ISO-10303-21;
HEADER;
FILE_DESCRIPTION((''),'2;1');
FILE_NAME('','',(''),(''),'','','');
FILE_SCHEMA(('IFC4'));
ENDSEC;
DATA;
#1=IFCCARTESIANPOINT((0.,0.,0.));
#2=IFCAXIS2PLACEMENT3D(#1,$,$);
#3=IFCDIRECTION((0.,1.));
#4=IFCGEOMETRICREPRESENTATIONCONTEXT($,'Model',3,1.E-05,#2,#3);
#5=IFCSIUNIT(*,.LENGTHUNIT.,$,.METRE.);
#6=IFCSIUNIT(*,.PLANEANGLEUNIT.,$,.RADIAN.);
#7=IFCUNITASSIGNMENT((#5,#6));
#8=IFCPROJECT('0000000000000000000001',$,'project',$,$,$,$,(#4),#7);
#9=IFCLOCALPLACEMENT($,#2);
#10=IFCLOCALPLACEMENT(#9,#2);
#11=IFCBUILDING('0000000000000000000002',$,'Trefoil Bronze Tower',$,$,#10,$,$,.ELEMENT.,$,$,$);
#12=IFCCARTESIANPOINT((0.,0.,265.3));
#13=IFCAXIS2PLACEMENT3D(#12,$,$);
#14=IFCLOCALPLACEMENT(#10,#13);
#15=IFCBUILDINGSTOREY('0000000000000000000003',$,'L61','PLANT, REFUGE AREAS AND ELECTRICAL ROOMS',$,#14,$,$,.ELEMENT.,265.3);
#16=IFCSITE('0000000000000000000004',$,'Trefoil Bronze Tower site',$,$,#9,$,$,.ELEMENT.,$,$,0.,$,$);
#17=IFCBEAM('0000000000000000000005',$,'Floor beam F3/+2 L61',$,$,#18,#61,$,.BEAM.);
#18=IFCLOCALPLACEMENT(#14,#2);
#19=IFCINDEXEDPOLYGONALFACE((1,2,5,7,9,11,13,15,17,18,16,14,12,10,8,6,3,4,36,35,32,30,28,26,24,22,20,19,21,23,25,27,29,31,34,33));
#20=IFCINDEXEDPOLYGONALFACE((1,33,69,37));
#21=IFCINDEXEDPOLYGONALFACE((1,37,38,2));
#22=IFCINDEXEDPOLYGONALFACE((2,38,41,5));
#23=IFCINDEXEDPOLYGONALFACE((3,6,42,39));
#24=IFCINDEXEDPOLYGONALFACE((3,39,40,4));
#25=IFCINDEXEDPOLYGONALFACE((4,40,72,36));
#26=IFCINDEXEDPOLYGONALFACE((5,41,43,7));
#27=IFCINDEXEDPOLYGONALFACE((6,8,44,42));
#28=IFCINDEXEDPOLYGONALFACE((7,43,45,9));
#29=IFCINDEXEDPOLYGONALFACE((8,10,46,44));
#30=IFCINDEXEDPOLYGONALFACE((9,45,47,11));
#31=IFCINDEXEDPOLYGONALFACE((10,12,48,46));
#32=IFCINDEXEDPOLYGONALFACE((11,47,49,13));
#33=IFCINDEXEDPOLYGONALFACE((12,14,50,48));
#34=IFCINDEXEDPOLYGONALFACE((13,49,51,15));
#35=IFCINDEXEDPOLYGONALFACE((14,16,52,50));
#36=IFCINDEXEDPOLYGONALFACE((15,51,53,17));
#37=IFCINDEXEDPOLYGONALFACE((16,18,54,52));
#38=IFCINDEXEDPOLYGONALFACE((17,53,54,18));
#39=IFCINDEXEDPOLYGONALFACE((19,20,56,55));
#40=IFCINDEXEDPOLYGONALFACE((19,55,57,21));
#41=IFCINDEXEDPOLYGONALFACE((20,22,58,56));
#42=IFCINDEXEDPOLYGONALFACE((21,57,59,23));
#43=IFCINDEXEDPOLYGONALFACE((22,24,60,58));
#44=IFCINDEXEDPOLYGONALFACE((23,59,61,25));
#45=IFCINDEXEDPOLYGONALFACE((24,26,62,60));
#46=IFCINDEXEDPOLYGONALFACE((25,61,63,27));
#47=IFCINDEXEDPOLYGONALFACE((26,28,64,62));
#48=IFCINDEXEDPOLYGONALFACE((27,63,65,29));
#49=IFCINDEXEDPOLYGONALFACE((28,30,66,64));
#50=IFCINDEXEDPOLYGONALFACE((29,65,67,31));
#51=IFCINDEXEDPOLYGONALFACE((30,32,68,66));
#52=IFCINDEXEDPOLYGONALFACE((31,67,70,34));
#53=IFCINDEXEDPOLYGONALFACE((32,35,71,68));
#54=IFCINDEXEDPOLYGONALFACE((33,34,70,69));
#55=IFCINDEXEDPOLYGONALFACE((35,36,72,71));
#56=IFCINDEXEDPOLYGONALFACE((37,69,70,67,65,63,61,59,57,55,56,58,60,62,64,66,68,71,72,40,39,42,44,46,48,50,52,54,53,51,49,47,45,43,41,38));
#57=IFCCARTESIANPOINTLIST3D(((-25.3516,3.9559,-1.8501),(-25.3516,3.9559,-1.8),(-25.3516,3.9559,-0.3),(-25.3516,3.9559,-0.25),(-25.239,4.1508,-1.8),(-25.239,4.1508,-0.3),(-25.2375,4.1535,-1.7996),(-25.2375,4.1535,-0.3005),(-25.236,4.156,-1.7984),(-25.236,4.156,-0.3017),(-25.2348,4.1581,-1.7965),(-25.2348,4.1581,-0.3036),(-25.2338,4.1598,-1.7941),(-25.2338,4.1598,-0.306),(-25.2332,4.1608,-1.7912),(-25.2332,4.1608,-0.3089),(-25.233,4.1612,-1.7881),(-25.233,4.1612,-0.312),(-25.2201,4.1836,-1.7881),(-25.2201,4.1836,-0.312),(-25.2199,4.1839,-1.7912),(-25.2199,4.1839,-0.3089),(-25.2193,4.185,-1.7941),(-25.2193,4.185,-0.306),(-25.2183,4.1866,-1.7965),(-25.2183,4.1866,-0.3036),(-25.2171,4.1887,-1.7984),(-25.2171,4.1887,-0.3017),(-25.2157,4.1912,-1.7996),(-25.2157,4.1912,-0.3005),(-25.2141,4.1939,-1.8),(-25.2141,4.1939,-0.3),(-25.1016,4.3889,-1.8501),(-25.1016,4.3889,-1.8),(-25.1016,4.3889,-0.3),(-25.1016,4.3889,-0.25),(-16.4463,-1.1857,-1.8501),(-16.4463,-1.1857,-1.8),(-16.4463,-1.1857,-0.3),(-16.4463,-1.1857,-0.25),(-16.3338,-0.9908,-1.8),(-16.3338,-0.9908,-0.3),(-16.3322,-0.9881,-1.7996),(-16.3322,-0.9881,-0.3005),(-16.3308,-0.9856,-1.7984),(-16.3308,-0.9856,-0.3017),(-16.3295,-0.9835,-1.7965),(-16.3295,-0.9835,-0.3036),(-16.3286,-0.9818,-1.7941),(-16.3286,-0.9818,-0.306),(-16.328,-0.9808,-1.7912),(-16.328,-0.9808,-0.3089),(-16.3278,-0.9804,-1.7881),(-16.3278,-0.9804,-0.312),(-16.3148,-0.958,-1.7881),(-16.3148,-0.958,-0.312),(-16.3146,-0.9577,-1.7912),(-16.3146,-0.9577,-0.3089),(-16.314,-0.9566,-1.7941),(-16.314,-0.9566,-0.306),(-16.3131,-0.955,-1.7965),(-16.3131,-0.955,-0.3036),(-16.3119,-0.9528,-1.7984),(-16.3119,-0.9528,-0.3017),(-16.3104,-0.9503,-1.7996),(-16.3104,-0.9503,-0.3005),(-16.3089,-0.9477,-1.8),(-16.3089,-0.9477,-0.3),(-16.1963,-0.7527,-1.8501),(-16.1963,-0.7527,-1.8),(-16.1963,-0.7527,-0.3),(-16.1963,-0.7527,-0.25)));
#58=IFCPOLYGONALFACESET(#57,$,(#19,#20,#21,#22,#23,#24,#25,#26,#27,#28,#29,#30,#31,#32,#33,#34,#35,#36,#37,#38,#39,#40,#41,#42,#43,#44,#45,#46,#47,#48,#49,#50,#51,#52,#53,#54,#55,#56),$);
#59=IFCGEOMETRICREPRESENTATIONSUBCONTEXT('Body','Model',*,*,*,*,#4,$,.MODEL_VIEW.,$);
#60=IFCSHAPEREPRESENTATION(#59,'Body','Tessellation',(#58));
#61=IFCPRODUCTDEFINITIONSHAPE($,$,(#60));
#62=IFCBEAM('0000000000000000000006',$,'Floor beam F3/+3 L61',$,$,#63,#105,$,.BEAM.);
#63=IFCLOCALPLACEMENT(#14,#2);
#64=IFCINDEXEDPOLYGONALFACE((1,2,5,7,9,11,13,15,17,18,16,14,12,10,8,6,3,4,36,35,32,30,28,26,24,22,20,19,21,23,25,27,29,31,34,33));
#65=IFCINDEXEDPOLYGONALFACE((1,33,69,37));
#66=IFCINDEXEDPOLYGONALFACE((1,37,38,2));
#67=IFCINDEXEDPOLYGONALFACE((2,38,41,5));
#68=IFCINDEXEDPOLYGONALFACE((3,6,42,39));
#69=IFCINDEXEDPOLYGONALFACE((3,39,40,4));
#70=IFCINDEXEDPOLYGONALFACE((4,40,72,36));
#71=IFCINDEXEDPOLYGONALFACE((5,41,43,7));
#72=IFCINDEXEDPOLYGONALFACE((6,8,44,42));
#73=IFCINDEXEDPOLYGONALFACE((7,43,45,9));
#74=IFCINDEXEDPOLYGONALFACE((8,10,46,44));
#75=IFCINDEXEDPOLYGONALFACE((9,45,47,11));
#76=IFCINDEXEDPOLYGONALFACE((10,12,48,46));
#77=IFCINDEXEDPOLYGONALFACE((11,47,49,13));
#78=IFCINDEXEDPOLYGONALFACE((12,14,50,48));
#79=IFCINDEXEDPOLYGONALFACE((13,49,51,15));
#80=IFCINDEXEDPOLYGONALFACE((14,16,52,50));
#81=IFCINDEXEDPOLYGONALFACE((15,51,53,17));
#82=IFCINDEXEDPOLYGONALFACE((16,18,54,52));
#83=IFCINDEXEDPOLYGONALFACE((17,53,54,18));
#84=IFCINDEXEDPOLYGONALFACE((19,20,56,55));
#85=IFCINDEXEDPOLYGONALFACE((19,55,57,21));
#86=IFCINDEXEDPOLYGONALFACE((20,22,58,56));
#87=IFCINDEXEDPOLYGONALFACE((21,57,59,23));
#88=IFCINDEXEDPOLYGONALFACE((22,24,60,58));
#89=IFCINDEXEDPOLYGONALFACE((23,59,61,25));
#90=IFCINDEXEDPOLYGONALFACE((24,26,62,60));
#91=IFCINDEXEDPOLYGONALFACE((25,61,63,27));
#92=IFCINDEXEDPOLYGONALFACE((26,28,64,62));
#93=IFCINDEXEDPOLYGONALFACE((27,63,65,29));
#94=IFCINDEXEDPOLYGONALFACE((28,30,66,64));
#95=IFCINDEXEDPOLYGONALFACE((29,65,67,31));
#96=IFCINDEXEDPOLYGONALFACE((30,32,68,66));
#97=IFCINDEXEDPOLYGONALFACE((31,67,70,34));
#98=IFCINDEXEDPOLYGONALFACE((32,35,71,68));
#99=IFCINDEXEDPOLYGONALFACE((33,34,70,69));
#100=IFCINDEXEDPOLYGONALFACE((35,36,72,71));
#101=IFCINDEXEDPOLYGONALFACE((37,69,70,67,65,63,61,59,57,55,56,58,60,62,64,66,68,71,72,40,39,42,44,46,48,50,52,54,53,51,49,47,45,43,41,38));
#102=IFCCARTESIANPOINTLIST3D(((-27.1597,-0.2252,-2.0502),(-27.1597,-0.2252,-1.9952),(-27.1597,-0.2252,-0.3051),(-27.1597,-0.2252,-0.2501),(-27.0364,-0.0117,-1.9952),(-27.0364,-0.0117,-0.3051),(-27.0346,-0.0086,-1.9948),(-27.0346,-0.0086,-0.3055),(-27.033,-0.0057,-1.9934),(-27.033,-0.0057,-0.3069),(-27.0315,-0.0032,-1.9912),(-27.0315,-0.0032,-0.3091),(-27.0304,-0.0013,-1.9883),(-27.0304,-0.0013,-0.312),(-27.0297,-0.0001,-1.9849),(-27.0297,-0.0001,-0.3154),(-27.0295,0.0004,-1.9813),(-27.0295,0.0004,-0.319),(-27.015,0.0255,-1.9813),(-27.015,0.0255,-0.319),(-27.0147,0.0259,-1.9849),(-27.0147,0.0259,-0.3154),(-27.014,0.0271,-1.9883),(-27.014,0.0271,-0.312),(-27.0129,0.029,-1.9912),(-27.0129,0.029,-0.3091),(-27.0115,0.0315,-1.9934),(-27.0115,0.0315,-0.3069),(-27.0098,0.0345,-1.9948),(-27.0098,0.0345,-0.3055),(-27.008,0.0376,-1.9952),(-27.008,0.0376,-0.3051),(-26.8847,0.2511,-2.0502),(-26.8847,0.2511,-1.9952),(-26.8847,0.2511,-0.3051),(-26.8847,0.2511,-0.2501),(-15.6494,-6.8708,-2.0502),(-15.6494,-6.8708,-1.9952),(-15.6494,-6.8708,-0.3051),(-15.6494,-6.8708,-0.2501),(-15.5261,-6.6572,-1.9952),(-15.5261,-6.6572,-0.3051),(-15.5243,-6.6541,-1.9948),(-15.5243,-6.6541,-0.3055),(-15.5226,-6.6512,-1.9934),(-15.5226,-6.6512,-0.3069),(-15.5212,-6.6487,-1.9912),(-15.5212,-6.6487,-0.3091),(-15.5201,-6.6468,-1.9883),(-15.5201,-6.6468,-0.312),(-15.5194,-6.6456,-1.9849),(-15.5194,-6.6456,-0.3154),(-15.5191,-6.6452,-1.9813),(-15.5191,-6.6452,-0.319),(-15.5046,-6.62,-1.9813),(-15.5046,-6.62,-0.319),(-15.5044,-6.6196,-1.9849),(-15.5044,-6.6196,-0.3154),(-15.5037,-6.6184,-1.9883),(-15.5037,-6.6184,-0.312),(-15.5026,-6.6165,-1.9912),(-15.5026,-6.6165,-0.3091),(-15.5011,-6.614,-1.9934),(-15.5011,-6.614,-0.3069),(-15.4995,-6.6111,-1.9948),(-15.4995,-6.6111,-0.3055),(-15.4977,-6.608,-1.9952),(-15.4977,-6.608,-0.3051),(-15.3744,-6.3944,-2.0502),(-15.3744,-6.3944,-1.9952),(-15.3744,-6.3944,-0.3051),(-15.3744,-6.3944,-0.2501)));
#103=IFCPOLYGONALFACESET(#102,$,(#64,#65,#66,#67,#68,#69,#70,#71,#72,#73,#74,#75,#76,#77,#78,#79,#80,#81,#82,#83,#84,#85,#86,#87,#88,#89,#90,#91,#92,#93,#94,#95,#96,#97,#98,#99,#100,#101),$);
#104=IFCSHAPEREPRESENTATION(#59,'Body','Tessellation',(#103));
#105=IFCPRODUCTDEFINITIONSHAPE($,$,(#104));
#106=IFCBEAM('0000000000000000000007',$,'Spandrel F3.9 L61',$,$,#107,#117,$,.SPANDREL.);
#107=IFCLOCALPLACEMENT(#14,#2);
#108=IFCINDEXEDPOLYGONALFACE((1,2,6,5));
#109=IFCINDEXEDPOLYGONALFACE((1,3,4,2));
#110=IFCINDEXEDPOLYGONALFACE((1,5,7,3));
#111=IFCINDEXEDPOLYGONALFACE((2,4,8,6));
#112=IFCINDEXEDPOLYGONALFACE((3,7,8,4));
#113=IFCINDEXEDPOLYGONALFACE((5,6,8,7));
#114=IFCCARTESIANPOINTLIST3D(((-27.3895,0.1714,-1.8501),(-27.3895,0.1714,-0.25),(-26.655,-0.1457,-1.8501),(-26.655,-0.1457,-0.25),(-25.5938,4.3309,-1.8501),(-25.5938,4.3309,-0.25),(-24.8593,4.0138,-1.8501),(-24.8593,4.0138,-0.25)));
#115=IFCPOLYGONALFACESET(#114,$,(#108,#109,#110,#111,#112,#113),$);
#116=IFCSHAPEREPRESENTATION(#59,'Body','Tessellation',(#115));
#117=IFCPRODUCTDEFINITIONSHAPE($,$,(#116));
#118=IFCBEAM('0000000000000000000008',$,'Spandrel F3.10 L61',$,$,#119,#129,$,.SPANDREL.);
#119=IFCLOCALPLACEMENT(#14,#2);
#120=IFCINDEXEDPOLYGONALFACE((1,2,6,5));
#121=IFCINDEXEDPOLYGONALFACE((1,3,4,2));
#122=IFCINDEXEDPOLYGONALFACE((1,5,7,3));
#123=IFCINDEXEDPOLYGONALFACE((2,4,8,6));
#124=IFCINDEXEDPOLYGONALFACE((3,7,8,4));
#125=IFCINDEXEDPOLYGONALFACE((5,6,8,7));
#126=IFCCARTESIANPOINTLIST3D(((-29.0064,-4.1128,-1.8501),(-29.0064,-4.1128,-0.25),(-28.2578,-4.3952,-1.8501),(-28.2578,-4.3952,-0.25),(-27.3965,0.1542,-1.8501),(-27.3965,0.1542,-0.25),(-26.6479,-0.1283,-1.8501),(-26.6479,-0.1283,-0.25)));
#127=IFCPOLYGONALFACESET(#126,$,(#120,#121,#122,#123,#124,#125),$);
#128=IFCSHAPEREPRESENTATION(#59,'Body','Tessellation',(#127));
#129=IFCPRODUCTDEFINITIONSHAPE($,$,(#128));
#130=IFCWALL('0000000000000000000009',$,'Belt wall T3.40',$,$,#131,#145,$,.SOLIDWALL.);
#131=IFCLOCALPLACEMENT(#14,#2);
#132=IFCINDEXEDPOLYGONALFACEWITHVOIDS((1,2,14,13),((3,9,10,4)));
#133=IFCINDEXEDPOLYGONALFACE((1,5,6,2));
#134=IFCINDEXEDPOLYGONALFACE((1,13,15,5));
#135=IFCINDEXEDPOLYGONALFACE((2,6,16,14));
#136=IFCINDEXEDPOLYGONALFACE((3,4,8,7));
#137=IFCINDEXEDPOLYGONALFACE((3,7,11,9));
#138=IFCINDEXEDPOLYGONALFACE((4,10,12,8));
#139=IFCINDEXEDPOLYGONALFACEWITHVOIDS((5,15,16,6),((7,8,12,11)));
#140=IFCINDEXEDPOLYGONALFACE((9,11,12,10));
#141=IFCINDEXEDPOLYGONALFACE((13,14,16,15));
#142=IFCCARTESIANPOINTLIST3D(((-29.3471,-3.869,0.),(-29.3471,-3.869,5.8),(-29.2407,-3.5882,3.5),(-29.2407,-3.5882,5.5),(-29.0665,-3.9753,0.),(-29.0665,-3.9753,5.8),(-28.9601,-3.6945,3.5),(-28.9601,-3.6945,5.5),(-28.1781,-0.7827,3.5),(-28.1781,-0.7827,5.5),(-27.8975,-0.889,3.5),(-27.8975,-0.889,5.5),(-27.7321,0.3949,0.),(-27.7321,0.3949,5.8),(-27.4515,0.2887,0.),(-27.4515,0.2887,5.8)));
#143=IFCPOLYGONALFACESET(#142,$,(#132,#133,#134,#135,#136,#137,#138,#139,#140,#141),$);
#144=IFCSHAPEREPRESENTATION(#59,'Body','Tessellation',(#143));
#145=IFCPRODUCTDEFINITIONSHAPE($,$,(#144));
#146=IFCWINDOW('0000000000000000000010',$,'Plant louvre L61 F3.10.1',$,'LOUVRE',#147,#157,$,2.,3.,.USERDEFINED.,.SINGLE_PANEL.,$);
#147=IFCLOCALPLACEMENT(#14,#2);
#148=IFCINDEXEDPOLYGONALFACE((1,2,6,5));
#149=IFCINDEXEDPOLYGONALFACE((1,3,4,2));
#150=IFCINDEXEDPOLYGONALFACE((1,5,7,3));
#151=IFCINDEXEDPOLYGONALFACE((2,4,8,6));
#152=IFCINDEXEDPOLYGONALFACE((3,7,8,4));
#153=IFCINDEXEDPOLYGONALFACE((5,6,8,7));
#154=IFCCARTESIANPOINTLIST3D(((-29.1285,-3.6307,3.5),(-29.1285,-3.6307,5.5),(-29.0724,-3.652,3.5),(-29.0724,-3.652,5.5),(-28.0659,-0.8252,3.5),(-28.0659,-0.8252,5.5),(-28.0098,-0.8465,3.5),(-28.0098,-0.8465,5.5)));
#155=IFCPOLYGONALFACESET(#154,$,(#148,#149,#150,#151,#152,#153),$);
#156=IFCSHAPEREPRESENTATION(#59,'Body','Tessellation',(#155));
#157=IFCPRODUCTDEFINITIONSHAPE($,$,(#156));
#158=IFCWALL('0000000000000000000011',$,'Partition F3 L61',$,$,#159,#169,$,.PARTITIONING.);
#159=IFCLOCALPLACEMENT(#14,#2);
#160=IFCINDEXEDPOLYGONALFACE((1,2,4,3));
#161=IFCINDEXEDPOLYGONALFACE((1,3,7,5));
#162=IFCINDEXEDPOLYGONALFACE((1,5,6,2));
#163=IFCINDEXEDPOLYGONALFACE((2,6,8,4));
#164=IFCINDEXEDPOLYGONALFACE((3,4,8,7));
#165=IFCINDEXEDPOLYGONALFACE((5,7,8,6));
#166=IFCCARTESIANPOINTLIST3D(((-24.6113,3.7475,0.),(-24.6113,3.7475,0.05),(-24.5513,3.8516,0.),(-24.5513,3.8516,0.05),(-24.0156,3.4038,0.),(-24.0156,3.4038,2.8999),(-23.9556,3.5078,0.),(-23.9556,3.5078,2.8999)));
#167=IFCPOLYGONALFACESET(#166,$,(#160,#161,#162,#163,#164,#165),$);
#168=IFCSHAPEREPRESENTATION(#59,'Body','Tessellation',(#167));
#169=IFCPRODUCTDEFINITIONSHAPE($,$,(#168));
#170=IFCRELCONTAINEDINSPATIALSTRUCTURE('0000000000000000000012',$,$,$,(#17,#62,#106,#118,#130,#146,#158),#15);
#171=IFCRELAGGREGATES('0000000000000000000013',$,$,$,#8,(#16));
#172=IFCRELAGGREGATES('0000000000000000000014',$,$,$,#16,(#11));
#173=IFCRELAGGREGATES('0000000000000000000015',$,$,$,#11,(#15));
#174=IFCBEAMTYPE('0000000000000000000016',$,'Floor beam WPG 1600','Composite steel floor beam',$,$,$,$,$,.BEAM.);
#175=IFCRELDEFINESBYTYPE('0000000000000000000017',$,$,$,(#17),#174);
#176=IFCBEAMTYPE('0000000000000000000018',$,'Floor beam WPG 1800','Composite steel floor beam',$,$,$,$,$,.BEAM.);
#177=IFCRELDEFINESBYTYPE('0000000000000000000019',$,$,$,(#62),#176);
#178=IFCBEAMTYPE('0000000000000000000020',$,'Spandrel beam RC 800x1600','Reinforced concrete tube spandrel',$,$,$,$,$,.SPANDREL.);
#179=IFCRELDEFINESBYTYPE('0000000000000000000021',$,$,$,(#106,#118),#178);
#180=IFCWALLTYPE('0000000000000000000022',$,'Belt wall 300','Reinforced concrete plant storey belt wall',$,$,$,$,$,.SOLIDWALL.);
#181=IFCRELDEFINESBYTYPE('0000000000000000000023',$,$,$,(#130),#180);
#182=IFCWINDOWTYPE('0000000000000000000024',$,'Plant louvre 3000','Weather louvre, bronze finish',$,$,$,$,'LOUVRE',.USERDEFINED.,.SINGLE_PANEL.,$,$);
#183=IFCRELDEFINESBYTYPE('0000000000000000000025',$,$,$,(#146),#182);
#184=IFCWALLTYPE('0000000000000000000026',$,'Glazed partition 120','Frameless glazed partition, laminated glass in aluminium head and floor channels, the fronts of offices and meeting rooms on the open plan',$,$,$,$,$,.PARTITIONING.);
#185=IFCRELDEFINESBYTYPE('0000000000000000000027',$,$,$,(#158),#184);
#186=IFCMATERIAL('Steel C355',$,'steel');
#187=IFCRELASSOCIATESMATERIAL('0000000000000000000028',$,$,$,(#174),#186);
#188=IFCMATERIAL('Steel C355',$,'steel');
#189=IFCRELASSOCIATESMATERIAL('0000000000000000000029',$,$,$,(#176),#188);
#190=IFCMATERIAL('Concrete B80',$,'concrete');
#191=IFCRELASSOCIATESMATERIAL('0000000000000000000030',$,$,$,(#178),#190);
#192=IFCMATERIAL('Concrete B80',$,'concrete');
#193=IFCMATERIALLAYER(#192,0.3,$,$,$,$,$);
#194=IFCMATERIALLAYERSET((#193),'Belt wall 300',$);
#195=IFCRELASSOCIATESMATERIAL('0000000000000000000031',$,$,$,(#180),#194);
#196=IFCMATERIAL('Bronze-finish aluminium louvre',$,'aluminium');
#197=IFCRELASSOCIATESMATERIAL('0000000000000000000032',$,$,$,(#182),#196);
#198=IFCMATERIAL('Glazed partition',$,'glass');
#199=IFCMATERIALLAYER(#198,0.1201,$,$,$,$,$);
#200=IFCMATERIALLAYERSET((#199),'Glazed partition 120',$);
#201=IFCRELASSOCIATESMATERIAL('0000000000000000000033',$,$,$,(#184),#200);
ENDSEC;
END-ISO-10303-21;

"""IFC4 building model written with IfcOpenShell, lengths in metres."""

from ifc_helpers import new_model, si_unit, direction, frame, frame_2d, origin, origin_2d, place, context, subcontext, project, spatial, polyline, rectangle, i_section, outline, extrude, material, layer, layer_set, material_profile, profile_set, type_object, element, fill, save


model = new_model("IFC4")

# Units and contexts
model_context = context("Model", 3, precision=1e-05, world=origin(), true_north=direction((0.0, 1.0)))
body_context = subcontext(model_context, "Body", "Model", "MODEL_VIEW")
ifc_project = project(units=[si_unit("LENGTHUNIT", "METRE"), si_unit("PLANEANGLEUNIT", "RADIAN")], contexts=[model_context])

# Site, building, storey
site_placement = place(None, origin())
site = spatial("IfcSite", under=ifc_project, at=site_placement, Name="Trefoil Bronze Tower site", CompositionType="ELEMENT", RefElevation=0.0)
building_placement = place(site_placement, origin())
building = spatial("IfcBuilding", under=site, at=building_placement, Name="Trefoil Bronze Tower", CompositionType="ELEMENT")
storey_placement = place(building_placement, frame((0.0, 0.0, 265.3)))
storey = spatial("IfcBuildingStorey", under=building, at=storey_placement, Name="L61", Description="PLANT, REFUGE AREAS AND ELECTRICAL ROOMS", CompositionType="ELEMENT", Elevation=265.3)

# Beams
ifc_material_1 = material(Name="Steel C355", Category="steel")
ifc_material_profile_1 = material_profile(ifc_material_1, i_section(OverallWidth=0.5, OverallDepth=1.6001, WebThickness=0.0259, FlangeThickness=0.05, FilletRadius=0.012, at=origin_2d()), Name="WPG 1600")
ifc_profile_set_1 = profile_set([ifc_material_profile_1], Name="Steel C355")
beam_type_1 = type_object("IfcBeamType", Name="Floor beam WPG 1600", Description="Composite steel floor beam", PredefinedType="BEAM", material=ifc_profile_set_1)
beam_1_placement = place(storey_placement, frame((-25.2266, 4.1724, -1.05), z_axis=(0.86602, -0.50001, 0.0), x_axis=(0.50001, 0.86602, 0.0)))
element("IfcBeam", 1, at=beam_1_placement, inside=storey, type_object=beam_type_1, Name="Floor beam F3/+2 L61", PredefinedType="BEAM", context=body_context, shape_type="SweptSolid", body=[
    extrude(i_section(OverallWidth=0.5, OverallDepth=1.6001, WebThickness=0.0259, FlangeThickness=0.05, FilletRadius=0.012, at=origin_2d()), origin(), (0.0, 0.0, 1.0), 10.283),
])
ifc_material_2 = material(Name="Steel C355", Category="steel")
ifc_material_profile_2 = material_profile(ifc_material_2, i_section(OverallWidth=0.55, OverallDepth=1.8, WebThickness=0.0291, FlangeThickness=0.0549, FilletRadius=0.0139, at=origin_2d()), Name="WPG 1800")
ifc_profile_set_2 = profile_set([ifc_material_profile_2], Name="Steel C355")
beam_type_2 = type_object("IfcBeamType", Name="Floor beam WPG 1800", Description="Composite steel floor beam", PredefinedType="BEAM", material=ifc_profile_set_2)
beam_2_placement = place(storey_placement, frame((-27.0222, 0.0129, -1.1501), z_axis=(0.866023, -0.500003, 0.0), x_axis=(0.500003, 0.866023, 0.0)))
element("IfcBeam", 2, at=beam_2_placement, inside=storey, type_object=beam_type_2, Name="Floor beam F3/+3 L61", PredefinedType="BEAM", context=body_context, shape_type="SweptSolid", body=[
    extrude(i_section(OverallWidth=0.55, OverallDepth=1.8, WebThickness=0.0291, FlangeThickness=0.0549, FilletRadius=0.0139, at=origin_2d()), origin(), (0.0, 0.0, 1.0), 13.291),
])
ifc_material_3 = material(Name="Concrete B80", Category="concrete")
ifc_material_profile_3 = material_profile(ifc_material_3, rectangle(XDim=0.8, YDim=1.6001, at=origin_2d()), Name="RC 800x1600")
ifc_profile_set_3 = profile_set([ifc_material_profile_3], Name="Concrete B80")
beam_type_3 = type_object("IfcBeamType", Name="Spandrel beam RC 800x1600", Description="Reinforced concrete tube spandrel", PredefinedType="SPANDREL", material=ifc_profile_set_3)
beam_3_placement = place(storey_placement, frame((-25.2266, 4.1724, -1.05), z_axis=(-0.39635, -0.918099, 0.0), x_axis=(0.918099, -0.39635, 0.0)))
element("IfcBeam", 3, at=beam_3_placement, inside=storey, type_object=beam_type_3, Name="Spandrel F3.9 L61", PredefinedType="SPANDREL", context=body_context, shape_type="SweptSolid", body=[
    extrude(rectangle(XDim=0.8, YDim=1.6001, at=origin_2d()), origin(), (0.0, 0.0, 1.0), 4.5305),
])
beam_4_placement = place(storey_placement, frame((-27.0222, 0.0129, -1.05), z_axis=(-0.353006, -0.935621, 0.0), x_axis=(0.935621, -0.353006, 0.0)))
element("IfcBeam", 4, at=beam_4_placement, inside=storey, type_object=beam_type_3, Name="Spandrel F3.10 L61", PredefinedType="SPANDREL", context=body_context, shape_type="SweptSolid", body=[
    extrude(rectangle(XDim=0.8, YDim=1.6001, at=origin_2d()), origin(), (0.0, 0.0, 1.0), 4.5605),
])

# Wall, opening, window
ifc_material_4 = material(Name="Concrete B80", Category="concrete")
ifc_layer_1 = layer(ifc_material_4, 0.3)
ifc_layer_set_1 = layer_set([ifc_layer_1], Name="Belt wall 300")
wall_type_1 = type_object("IfcWallType", Name="Belt wall 300", Description="Reinforced concrete plant storey belt wall", PredefinedType="SOLIDWALL", material=ifc_layer_set_1)
wall_1_placement = place(storey_placement, frame((-27.5918, 0.3418, 0.0), z_axis=(0.0, 0.0, 1.0), x_axis=(-0.354202, -0.935169, 0.0)))
wall_1 = element("IfcWall", 5, at=wall_1_placement, inside=storey, type_object=wall_type_1, Name="Belt wall T3.40", PredefinedType="SOLIDWALL", context=body_context, shape_type="SweptSolid", body=[
    extrude(rectangle(XDim=4.5596, YDim=0.3, at=frame_2d((2.2798, 0.0))), origin(), (0.0, 0.0, 1.0), 5.8),
])
opening_placement = place(wall_1_placement, frame((1.2593, 0.0, 3.5)))
opening = element("IfcOpeningElement", 6, at=opening_placement, cuts=wall_1, PredefinedType="OPENING", context=body_context, shape_type="SweptSolid", body=[
    extrude(rectangle(XDim=3.0, YDim=2.0, at=frame_2d((1.5, 1.0))), frame((0.0, 0.1599, 0.0), z_axis=(0.0, -1.0, 0.0), x_axis=(1.0, 0.0, 0.0)), (0.0, 0.0, 1.0), 0.3201),
])
ifc_material_5 = material(Name="Bronze-finish aluminium louvre", Category="aluminium")
window_type = type_object("IfcWindowType", Name="Plant louvre 3000", Description="Weather louvre, bronze finish", ElementType="LOUVRE", PartitioningType="SINGLE_PANEL", PredefinedType="USERDEFINED", material=ifc_material_5)
window_placement = place(opening_placement, origin())
window = element("IfcWindow", 7, at=window_placement, inside=storey, type_object=window_type, Name="Plant louvre L61 F3.10.1", ObjectType="LOUVRE", OverallHeight=2.0, OverallWidth=3.0, PartitioningType="SINGLE_PANEL", PredefinedType="USERDEFINED", context=body_context, shape_type="SweptSolid", body=[
    extrude(rectangle(XDim=3.0, YDim=2.0, at=frame_2d((1.5, 1.0))), frame((0.0, 0.03, 0.0), z_axis=(0.0, -1.0, 0.0), x_axis=(1.0, 0.0, 0.0)), (0.0, 0.0, 1.0), 0.0601),
])
fill(opening, window)

# Wall
ifc_material_6 = material(Name="Glazed partition", Category="glass")
ifc_layer_2 = layer(ifc_material_6, 0.1201)
ifc_layer_set_2 = layer_set([ifc_layer_2], Name="Glazed partition 120")
wall_type_2 = type_object("IfcWallType", Name="Glazed partition 120", Description="Frameless glazed partition, laminated glass in aluminium head and floor channels, the fronts of offices and meeting rooms on the open plan", PredefinedType="PARTITIONING", material=ifc_layer_set_2)
wall_2_placement = place(storey_placement, frame((-23.9856, 3.4558, 0.0), z_axis=(0.0, 0.0, 1.0), x_axis=(-0.866138, 0.499804, 0.0)))
element("IfcWall", 8, at=wall_2_placement, inside=storey, type_object=wall_type_2, Name="Partition F3 L61", PredefinedType="PARTITIONING", context=body_context, shape_type="SweptSolid", body=[
    extrude(outline(polyline([(0.0, 0.0), (0.6877, 0.0), (0.6877, 0.05), (0.0, 2.8999), (0.0, 0.0)])), frame((0.0, 0.0601, 0.0), z_axis=(0.0, -1.0, 0.0), x_axis=(1.0, 0.0, 0.0)), (0.0, 0.0, 1.0), 0.1201),
])

save(model, "model.ifc")
